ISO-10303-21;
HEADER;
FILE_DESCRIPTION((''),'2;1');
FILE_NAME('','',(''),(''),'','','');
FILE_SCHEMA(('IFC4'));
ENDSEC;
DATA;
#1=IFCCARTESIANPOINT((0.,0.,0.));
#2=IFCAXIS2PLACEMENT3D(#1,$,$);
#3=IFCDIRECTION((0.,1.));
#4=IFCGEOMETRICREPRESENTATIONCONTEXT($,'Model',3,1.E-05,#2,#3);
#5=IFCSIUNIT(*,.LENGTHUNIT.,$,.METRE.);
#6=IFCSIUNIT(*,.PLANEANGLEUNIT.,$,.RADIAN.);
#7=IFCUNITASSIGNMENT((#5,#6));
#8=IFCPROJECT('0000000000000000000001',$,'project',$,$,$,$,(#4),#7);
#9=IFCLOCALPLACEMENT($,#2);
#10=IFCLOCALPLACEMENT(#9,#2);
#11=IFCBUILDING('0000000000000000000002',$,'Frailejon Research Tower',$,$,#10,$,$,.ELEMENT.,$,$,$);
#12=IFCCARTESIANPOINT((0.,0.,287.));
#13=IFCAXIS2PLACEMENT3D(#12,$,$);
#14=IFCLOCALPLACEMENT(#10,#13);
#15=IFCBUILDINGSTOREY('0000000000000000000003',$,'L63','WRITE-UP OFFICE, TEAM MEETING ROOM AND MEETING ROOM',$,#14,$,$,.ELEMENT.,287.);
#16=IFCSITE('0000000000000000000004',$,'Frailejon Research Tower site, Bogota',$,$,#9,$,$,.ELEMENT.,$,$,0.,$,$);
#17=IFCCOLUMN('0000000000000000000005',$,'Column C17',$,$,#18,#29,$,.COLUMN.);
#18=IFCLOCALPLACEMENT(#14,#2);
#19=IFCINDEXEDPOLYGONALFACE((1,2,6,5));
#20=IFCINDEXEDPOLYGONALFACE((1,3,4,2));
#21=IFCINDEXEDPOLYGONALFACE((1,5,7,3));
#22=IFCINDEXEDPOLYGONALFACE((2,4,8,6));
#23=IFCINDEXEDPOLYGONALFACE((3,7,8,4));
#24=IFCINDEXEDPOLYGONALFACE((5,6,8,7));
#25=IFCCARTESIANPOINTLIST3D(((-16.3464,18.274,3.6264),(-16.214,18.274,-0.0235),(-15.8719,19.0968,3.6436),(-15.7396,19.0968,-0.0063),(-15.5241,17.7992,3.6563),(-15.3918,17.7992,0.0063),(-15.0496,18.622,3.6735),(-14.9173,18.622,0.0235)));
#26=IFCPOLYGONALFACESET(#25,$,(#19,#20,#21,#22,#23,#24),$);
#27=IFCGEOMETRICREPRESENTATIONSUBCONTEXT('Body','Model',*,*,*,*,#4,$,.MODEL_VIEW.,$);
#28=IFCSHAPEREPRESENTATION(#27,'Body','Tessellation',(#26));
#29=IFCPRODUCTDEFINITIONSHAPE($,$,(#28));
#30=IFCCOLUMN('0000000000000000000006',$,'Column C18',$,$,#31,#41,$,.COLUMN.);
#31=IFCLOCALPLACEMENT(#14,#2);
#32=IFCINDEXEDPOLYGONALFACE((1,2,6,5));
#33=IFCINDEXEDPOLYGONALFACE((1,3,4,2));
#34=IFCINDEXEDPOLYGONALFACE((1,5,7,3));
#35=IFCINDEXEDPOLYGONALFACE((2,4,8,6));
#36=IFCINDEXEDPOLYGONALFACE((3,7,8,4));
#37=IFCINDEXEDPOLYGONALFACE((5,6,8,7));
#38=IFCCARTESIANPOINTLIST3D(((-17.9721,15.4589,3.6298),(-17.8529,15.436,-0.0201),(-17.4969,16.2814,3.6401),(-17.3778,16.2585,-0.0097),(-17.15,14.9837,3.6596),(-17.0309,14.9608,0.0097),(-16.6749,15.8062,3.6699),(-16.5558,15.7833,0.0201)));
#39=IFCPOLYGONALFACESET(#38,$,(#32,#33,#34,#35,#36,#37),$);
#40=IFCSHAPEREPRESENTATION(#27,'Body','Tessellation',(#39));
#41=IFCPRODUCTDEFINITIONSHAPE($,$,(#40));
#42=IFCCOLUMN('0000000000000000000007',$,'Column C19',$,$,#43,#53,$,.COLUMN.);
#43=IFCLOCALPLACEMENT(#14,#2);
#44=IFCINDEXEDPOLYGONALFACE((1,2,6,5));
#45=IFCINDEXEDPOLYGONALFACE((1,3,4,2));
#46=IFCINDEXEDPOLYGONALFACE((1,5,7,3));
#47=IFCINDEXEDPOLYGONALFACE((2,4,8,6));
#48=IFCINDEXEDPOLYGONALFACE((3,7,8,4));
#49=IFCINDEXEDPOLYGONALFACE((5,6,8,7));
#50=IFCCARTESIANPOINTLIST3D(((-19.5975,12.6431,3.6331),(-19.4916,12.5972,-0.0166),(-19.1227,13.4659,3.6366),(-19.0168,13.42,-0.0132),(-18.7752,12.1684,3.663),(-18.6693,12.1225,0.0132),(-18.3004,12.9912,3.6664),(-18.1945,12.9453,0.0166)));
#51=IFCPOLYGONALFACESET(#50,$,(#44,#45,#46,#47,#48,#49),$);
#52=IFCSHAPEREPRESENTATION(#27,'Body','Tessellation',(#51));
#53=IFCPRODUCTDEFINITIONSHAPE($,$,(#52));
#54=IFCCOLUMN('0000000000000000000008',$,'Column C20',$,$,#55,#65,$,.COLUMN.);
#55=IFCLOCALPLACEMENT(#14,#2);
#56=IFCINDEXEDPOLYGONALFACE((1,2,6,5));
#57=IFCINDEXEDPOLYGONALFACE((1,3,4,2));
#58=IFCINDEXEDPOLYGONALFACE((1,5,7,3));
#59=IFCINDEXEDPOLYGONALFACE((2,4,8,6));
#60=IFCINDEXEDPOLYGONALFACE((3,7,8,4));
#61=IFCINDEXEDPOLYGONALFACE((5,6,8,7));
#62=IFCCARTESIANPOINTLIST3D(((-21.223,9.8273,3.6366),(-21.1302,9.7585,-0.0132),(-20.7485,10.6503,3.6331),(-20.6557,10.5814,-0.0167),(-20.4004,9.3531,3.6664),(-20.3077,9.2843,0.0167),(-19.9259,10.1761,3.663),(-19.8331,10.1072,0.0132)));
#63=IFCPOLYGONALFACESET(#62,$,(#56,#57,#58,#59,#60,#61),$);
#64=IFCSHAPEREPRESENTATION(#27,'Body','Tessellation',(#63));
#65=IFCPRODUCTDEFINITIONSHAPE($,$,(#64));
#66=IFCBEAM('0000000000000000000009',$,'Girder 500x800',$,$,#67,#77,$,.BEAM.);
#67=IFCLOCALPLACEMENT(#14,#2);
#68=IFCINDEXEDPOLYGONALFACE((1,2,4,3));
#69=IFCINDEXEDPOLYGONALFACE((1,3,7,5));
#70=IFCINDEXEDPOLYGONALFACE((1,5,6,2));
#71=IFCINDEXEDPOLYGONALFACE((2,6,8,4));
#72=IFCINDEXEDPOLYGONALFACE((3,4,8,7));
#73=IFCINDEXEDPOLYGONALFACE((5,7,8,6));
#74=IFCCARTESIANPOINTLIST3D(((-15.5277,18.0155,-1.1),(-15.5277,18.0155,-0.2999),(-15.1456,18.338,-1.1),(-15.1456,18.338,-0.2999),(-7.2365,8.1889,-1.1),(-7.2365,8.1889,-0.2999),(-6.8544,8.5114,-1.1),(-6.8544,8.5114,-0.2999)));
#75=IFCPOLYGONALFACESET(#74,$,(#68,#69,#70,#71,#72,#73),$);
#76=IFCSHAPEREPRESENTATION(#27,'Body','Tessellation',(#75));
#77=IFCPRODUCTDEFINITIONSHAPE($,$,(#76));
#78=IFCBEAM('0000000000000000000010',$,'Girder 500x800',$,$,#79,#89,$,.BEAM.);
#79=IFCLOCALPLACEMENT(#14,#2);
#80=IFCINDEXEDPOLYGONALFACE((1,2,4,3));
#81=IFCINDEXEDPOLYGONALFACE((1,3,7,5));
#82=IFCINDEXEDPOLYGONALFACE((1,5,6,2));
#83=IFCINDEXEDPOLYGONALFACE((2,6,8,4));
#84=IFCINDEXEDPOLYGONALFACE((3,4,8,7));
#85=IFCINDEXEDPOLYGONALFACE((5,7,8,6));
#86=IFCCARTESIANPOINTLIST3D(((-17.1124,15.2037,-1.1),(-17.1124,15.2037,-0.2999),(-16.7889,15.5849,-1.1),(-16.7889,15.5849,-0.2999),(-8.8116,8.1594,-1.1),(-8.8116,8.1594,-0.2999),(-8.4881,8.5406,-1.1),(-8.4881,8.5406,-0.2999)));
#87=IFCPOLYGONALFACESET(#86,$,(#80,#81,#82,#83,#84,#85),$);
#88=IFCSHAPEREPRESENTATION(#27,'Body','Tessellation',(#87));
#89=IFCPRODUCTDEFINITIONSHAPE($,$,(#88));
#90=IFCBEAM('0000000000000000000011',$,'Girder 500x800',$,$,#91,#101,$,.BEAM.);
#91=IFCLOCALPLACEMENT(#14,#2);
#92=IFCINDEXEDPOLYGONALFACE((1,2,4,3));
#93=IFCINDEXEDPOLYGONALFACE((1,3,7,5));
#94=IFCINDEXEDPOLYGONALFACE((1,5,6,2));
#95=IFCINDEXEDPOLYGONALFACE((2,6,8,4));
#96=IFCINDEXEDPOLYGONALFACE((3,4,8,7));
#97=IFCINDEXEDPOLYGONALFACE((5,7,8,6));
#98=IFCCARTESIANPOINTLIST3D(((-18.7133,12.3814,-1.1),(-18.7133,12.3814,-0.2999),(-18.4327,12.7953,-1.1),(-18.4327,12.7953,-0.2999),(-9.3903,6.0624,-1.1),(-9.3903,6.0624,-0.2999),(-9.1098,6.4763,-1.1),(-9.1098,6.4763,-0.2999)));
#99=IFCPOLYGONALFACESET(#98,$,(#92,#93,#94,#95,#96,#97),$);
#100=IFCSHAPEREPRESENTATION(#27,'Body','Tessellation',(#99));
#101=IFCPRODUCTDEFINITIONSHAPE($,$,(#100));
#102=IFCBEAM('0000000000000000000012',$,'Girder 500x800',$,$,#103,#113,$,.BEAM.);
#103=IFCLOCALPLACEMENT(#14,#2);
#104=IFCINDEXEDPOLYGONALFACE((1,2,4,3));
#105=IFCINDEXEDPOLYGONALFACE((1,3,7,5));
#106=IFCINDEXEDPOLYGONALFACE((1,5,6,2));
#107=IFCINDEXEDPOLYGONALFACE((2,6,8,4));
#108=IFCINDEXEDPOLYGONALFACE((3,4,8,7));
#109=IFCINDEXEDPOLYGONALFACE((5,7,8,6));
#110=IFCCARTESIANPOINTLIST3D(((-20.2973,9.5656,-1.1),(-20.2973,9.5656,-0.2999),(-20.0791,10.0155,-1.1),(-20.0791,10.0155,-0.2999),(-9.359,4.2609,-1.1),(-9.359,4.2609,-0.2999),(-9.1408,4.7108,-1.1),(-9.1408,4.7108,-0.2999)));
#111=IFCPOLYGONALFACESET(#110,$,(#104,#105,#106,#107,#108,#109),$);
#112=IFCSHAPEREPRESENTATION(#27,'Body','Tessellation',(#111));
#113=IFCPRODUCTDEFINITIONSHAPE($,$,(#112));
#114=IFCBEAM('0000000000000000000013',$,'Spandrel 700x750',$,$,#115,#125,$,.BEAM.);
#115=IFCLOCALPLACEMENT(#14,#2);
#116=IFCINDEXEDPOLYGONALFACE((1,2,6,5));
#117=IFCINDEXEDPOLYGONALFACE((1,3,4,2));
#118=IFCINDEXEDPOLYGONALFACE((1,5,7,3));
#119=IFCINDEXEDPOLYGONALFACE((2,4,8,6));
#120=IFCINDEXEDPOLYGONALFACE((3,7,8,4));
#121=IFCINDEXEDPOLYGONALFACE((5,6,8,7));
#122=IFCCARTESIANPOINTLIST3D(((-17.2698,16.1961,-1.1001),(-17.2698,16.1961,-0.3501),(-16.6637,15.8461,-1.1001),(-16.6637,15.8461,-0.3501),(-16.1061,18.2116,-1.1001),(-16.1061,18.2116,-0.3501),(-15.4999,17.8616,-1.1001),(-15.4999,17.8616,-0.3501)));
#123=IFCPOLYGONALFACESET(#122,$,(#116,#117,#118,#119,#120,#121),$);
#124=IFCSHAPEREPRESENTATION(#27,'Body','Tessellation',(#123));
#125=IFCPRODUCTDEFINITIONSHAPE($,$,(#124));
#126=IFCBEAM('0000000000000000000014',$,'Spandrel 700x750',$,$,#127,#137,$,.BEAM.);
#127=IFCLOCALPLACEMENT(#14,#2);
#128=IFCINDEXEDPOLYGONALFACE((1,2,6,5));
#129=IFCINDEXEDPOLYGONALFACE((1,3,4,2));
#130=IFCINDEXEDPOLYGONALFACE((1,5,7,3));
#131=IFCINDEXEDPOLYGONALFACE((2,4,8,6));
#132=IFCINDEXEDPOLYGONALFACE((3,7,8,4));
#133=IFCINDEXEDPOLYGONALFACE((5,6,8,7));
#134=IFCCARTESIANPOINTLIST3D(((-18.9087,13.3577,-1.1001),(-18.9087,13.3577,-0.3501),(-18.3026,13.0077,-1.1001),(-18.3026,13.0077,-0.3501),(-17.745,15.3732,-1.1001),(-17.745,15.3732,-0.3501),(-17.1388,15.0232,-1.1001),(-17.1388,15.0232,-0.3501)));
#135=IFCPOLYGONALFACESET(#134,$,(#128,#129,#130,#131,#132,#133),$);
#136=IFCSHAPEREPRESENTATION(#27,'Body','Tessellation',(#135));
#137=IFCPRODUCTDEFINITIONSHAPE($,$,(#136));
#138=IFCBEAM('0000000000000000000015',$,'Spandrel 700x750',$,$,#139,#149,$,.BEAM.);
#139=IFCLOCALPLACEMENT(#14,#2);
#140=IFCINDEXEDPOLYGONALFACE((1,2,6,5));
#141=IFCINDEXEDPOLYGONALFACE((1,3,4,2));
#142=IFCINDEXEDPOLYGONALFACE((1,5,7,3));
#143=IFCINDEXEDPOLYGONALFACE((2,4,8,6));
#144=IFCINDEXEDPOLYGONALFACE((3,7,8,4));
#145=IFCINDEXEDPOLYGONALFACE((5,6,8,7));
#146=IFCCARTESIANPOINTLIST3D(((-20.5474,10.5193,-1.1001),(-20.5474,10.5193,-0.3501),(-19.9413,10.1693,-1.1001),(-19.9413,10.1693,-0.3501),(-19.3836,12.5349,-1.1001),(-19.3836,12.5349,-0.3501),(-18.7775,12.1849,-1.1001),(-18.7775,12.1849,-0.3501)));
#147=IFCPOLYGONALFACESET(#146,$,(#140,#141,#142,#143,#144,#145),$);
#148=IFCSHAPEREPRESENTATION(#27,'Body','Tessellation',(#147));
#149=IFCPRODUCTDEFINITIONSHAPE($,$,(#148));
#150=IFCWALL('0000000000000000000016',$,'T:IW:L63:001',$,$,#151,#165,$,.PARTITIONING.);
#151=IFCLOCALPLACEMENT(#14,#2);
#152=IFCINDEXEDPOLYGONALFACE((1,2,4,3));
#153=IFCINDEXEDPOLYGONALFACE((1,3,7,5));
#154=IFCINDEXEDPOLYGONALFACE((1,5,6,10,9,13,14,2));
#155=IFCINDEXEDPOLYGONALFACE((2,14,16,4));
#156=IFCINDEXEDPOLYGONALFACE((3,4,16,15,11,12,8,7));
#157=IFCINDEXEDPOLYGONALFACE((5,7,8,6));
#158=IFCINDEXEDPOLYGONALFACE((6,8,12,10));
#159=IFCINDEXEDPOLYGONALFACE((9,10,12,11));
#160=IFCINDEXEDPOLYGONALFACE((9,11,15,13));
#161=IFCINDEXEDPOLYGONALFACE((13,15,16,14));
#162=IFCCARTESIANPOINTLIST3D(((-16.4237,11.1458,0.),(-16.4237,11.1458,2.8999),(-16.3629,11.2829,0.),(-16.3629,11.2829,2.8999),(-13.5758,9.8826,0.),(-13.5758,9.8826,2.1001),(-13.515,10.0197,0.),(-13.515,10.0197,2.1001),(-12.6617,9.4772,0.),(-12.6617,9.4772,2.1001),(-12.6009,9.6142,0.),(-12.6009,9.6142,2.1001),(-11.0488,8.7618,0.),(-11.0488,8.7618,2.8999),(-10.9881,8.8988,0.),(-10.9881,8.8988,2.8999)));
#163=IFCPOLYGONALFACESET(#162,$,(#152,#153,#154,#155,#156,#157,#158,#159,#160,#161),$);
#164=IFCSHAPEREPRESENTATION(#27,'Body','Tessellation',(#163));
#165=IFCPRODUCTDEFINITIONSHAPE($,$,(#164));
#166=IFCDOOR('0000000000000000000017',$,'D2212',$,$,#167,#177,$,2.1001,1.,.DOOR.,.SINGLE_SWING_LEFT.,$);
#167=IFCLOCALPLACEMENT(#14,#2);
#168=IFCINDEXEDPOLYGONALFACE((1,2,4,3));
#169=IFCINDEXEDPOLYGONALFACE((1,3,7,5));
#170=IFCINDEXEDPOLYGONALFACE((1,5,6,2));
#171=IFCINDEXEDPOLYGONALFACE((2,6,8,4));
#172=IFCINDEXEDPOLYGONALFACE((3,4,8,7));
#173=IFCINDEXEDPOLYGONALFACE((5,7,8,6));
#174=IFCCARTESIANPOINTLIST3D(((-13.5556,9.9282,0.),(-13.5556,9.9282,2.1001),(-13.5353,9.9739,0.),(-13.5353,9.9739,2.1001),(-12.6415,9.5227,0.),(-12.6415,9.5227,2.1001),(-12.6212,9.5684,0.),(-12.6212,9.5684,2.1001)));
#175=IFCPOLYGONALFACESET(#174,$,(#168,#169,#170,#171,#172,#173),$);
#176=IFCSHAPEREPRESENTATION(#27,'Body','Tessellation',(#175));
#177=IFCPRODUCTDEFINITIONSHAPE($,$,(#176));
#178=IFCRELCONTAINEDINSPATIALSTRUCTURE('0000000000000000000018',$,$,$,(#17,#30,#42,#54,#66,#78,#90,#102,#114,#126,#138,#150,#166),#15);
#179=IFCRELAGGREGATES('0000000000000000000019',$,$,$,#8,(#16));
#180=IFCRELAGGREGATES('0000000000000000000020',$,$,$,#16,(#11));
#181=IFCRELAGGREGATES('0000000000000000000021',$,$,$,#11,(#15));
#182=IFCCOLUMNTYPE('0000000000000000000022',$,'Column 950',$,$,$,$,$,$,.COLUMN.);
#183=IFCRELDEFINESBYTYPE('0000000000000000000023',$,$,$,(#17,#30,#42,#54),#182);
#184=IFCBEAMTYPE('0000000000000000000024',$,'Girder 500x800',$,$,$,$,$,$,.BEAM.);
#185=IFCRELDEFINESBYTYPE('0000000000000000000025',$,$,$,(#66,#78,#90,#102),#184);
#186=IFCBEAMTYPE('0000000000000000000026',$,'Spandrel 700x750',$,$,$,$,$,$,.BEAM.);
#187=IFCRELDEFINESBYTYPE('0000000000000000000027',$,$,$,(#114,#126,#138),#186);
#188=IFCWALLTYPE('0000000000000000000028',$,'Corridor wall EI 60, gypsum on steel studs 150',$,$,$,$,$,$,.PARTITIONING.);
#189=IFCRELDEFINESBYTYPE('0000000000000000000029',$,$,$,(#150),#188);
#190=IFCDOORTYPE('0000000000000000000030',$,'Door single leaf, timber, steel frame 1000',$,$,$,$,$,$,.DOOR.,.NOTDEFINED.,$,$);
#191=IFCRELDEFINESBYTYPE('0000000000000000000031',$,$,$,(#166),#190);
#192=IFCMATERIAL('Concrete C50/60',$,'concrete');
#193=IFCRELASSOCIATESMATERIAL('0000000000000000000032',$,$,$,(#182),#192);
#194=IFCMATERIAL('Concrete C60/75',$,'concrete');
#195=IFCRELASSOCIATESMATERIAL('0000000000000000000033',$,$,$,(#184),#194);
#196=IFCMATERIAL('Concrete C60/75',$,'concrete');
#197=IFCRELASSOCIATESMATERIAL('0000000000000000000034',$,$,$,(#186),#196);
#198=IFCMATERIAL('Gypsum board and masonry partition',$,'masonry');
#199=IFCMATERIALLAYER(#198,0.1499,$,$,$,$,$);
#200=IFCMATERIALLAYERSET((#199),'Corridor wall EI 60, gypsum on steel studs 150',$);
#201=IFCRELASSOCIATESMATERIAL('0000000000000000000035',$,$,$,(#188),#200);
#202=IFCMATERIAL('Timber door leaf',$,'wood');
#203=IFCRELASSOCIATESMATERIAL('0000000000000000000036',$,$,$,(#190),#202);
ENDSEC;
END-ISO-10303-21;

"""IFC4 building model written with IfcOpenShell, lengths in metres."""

from ifc_helpers import new_model, si_unit, direction, frame, frame_2d, origin, origin_2d, place, context, subcontext, project, spatial, rectangle, extrude, material, layer, layer_set, material_profile, profile_set, type_object, element, fill, save


model = new_model("IFC4")

# Units and contexts
model_context = context("Model", 3, precision=1e-05, world=origin(), true_north=direction((0.0, 1.0)))
body_context = subcontext(model_context, "Body", "Model", "MODEL_VIEW")
ifc_project = project(units=[si_unit("LENGTHUNIT", "METRE"), si_unit("PLANEANGLEUNIT", "RADIAN")], contexts=[model_context])

# Site, building, storey
site_placement = place(None, origin())
site = spatial("IfcSite", under=ifc_project, at=site_placement, Name="Frailejon Research Tower site, Bogota", CompositionType="ELEMENT", RefElevation=0.0)
building_placement = place(site_placement, origin())
building = spatial("IfcBuilding", under=site, at=building_placement, Name="Frailejon Research Tower", CompositionType="ELEMENT")
storey_placement = place(building_placement, frame((0.0, 0.0, 287.0)))
storey = spatial("IfcBuildingStorey", under=building, at=storey_placement, Name="L63", Description="WRITE-UP OFFICE, TEAM MEETING ROOM AND MEETING ROOM", CompositionType="ELEMENT", Elevation=287.0)

# Columns
ifc_material_1 = material(Name="Concrete C50/60", Category="concrete")
ifc_material_profile_1 = material_profile(ifc_material_1, rectangle(XDim=0.95, YDim=0.95, at=origin_2d()), Name="Column 950")
ifc_profile_set_1 = profile_set([ifc_material_profile_1], Name="Concrete C50/60")
column_type = type_object("IfcColumnType", Name="Column 950", PredefinedType="COLUMN", material=ifc_profile_set_1)
column_1_placement = place(storey_placement, frame((-15.5657, 18.448, 0.0), z_axis=(-0.03623, 0.0, 0.999343), x_axis=(-0.499425, -0.866168, -0.018106)))
element("IfcColumn", 1, at=column_1_placement, inside=storey, type_object=column_type, Name="Column C17", PredefinedType="COLUMN", context=body_context, shape_type="SweptSolid", body=[
    extrude(rectangle(XDim=0.95, YDim=0.95, at=origin_2d()), origin(), (0.0, 0.0, 1.0), 3.6523),
])
column_2_placement = place(storey_placement, frame((-17.2043, 15.6096, 0.0), z_axis=(-0.032624, 0.006284, 0.999448), x_axis=(-0.500159, -0.865865, -0.010882)))
element("IfcColumn", 2, at=column_2_placement, inside=storey, type_object=column_type, Name="Column C18", PredefinedType="COLUMN", context=body_context, shape_type="SweptSolid", body=[
    extrude(rectangle(XDim=0.95, YDim=0.95, at=origin_2d()), origin(), (0.0, 0.0, 1.0), 3.6519),
])
for number, where, z_axis, x_axis, name in (
    (3, (-18.843, 12.7712, 0.0), (-0.029016, 0.012569, 0.9995), (-0.499849, -0.866105, -0.003619), "Column C19"),
    (4, (-20.4817, 9.9329, 0.0), (-0.025405, 0.018853, 0.999499), (-0.499535, -0.866286, 0.003643), "Column C20"),
):
    element("IfcColumn", number, at=place(storey_placement, frame(where, z_axis=z_axis, x_axis=x_axis)), inside=storey, type_object=column_type, Name=name, PredefinedType="COLUMN", context=body_context, shape_type="SweptSolid", body=[
        extrude(rectangle(XDim=0.95, YDim=0.95, at=origin_2d()), origin(), (0.0, 0.0, 1.0), 3.6516),
    ])

# Beams
ifc_material_2 = material(Name="Concrete C60/75", Category="concrete")
ifc_material_profile_2 = material_profile(ifc_material_2, rectangle(XDim=0.5, YDim=0.8, at=origin_2d()), Name="Girder 500x800")
ifc_profile_set_2 = profile_set([ifc_material_profile_2], Name="Concrete C60/75")
beam_type_1 = type_object("IfcBeamType", Name="Girder 500x800", PredefinedType="BEAM", material=ifc_profile_set_2)
beam_1_placement = place(storey_placement, frame((-15.3367, 18.1768, -0.7), z_axis=(0.644872, -0.764291, 0.0), x_axis=(0.764291, 0.644872, 0.0)))
element("IfcBeam", 5, at=beam_1_placement, inside=storey, type_object=beam_type_1, Name="Girder 500x800", PredefinedType="BEAM", context=body_context, shape_type="SweptSolid", body=[
    extrude(rectangle(XDim=0.5, YDim=0.8, at=origin_2d()), origin(), (0.0, 0.0, 1.0), 12.8572),
])
beam_2_placement = place(storey_placement, frame((-16.9507, 15.3943, -0.7), z_axis=(0.762459, -0.647036, 0.0), x_axis=(0.647036, 0.762459, 0.0)))
element("IfcBeam", 6, at=beam_2_placement, inside=storey, type_object=beam_type_1, Name="Girder 500x800", PredefinedType="BEAM", context=body_context, shape_type="SweptSolid", body=[
    extrude(rectangle(XDim=0.5, YDim=0.8, at=origin_2d()), origin(), (0.0, 0.0, 1.0), 10.887),
])
beam_3_placement = place(storey_placement, frame((-18.573, 12.5884, -0.7), z_axis=(0.827774, -0.561062, 0.0), x_axis=(0.561062, 0.827774, 0.0)))
element("IfcBeam", 7, at=beam_3_placement, inside=storey, type_object=beam_type_1, Name="Girder 500x800", PredefinedType="BEAM", context=body_context, shape_type="SweptSolid", body=[
    extrude(rectangle(XDim=0.5, YDim=0.8, at=origin_2d()), origin(), (0.0, 0.0, 1.0), 11.2627),
])
beam_4_placement = place(storey_placement, frame((-20.1882, 9.7905, -0.7), z_axis=(0.899772, -0.43636, 0.0), x_axis=(0.43636, 0.899772, 0.0)))
element("IfcBeam", 8, at=beam_4_placement, inside=storey, type_object=beam_type_1, Name="Girder 500x800", PredefinedType="BEAM", context=body_context, shape_type="SweptSolid", body=[
    extrude(rectangle(XDim=0.5, YDim=0.8, at=origin_2d()), origin(), (0.0, 0.0, 1.0), 12.1567),
])
ifc_material_3 = material(Name="Concrete C60/75", Category="concrete")
ifc_material_profile_3 = material_profile(ifc_material_3, rectangle(XDim=0.7, YDim=0.75, at=origin_2d()), Name="Spandrel 700x750")
ifc_profile_set_3 = profile_set([ifc_material_profile_3], Name="Concrete C60/75")
beam_type_2 = type_object("IfcBeamType", Name="Spandrel 700x750", PredefinedType="BEAM", material=ifc_profile_set_3)
for number, where, z_axis, x_axis, name in (
    (9, (-15.803, 18.0366, -0.7251), (-0.500031, -0.866007, 0.0), (0.866007, -0.500031, 0.0), "Spandrel 700x750"),
    (10, (-17.4419, 15.1982, -0.7251), (-0.500031, -0.866007, 0.0), (0.866007, -0.500031, 0.0), "Spandrel 700x750"),
    (11, (-19.0806, 12.3599, -0.7251), (-0.500031, -0.866007, 0.0), (0.866007, -0.500031, 0.0), "Spandrel 700x750"),
):
    element("IfcBeam", number, at=place(storey_placement, frame(where, z_axis=z_axis, x_axis=x_axis)), inside=storey, type_object=beam_type_2, Name=name, PredefinedType="BEAM", context=body_context, shape_type="SweptSolid", body=[
        extrude(rectangle(XDim=0.7, YDim=0.75, at=origin_2d()), origin(), (0.0, 0.0, 1.0), 2.3274),
    ])

# Wall, opening, door
ifc_material_4 = material(Name="Gypsum board and masonry partition", Category="masonry")
ifc_layer_1 = layer(ifc_material_4, 0.1499)
ifc_layer_set_1 = layer_set([ifc_layer_1], Name="Corridor wall EI 60, gypsum on steel studs 150")
wall_type_1 = type_object("IfcWallType", Name="Corridor wall EI 60, gypsum on steel studs 150", PredefinedType="PARTITIONING", material=ifc_layer_set_1)
wall_1_placement = place(storey_placement, frame((-16.3933, 11.2144, 0.0), z_axis=(0.0, 0.0, 1.0), x_axis=(0.914111, -0.405464, 0.0)))
wall_1 = element("IfcWall", 12, at=wall_1_placement, inside=storey, type_object=wall_type_1, Name="T:IW:L63:001", PredefinedType="PARTITIONING", context=body_context, shape_type="SweptSolid", body=[
    extrude(rectangle(XDim=5.8799, YDim=0.1499, at=frame_2d((2.9399, 0.0))), origin(), (0.0, 0.0, 1.0), 2.8999),
])
opening_1_placement = place(wall_1_placement, frame((3.1155, 0.0, 0.0)))
opening_1 = element("IfcOpeningElement", 13, at=opening_1_placement, cuts=wall_1, PredefinedType="OPENING", context=body_context, shape_type="SweptSolid", body=[
    extrude(rectangle(XDim=1.0, YDim=2.1001, at=frame_2d((0.5, 1.05))), frame((0.0, 0.085, 0.0), z_axis=(0.0, -1.0, 0.0), x_axis=(1.0, 0.0, 0.0)), (0.0, 0.0, 1.0), 0.1699),
])
ifc_material_5 = material(Name="Timber door leaf", Category="wood")
door_type_1 = type_object("IfcDoorType", Name="Door single leaf, timber, steel frame 1000", OperationType="NOTDEFINED", PredefinedType="DOOR", material=ifc_material_5)
door_1_placement = place(opening_1_placement, origin())
door_1 = element("IfcDoor", 14, at=door_1_placement, inside=storey, type_object=door_type_1, Name="D2212", OperationType="SINGLE_SWING_LEFT", OverallHeight=2.1001, OverallWidth=1.0, PredefinedType="DOOR", context=body_context, shape_type="SweptSolid", body=[
    extrude(rectangle(XDim=1.0, YDim=2.1001, at=frame_2d((0.5, 1.05))), frame((0.0, 0.0249, 0.0), z_axis=(0.0, -1.0, 0.0), x_axis=(1.0, 0.0, 0.0)), (0.0, 0.0, 1.0), 0.05),
])
fill(opening_1, door_1)

save(model, "model.ifc")
